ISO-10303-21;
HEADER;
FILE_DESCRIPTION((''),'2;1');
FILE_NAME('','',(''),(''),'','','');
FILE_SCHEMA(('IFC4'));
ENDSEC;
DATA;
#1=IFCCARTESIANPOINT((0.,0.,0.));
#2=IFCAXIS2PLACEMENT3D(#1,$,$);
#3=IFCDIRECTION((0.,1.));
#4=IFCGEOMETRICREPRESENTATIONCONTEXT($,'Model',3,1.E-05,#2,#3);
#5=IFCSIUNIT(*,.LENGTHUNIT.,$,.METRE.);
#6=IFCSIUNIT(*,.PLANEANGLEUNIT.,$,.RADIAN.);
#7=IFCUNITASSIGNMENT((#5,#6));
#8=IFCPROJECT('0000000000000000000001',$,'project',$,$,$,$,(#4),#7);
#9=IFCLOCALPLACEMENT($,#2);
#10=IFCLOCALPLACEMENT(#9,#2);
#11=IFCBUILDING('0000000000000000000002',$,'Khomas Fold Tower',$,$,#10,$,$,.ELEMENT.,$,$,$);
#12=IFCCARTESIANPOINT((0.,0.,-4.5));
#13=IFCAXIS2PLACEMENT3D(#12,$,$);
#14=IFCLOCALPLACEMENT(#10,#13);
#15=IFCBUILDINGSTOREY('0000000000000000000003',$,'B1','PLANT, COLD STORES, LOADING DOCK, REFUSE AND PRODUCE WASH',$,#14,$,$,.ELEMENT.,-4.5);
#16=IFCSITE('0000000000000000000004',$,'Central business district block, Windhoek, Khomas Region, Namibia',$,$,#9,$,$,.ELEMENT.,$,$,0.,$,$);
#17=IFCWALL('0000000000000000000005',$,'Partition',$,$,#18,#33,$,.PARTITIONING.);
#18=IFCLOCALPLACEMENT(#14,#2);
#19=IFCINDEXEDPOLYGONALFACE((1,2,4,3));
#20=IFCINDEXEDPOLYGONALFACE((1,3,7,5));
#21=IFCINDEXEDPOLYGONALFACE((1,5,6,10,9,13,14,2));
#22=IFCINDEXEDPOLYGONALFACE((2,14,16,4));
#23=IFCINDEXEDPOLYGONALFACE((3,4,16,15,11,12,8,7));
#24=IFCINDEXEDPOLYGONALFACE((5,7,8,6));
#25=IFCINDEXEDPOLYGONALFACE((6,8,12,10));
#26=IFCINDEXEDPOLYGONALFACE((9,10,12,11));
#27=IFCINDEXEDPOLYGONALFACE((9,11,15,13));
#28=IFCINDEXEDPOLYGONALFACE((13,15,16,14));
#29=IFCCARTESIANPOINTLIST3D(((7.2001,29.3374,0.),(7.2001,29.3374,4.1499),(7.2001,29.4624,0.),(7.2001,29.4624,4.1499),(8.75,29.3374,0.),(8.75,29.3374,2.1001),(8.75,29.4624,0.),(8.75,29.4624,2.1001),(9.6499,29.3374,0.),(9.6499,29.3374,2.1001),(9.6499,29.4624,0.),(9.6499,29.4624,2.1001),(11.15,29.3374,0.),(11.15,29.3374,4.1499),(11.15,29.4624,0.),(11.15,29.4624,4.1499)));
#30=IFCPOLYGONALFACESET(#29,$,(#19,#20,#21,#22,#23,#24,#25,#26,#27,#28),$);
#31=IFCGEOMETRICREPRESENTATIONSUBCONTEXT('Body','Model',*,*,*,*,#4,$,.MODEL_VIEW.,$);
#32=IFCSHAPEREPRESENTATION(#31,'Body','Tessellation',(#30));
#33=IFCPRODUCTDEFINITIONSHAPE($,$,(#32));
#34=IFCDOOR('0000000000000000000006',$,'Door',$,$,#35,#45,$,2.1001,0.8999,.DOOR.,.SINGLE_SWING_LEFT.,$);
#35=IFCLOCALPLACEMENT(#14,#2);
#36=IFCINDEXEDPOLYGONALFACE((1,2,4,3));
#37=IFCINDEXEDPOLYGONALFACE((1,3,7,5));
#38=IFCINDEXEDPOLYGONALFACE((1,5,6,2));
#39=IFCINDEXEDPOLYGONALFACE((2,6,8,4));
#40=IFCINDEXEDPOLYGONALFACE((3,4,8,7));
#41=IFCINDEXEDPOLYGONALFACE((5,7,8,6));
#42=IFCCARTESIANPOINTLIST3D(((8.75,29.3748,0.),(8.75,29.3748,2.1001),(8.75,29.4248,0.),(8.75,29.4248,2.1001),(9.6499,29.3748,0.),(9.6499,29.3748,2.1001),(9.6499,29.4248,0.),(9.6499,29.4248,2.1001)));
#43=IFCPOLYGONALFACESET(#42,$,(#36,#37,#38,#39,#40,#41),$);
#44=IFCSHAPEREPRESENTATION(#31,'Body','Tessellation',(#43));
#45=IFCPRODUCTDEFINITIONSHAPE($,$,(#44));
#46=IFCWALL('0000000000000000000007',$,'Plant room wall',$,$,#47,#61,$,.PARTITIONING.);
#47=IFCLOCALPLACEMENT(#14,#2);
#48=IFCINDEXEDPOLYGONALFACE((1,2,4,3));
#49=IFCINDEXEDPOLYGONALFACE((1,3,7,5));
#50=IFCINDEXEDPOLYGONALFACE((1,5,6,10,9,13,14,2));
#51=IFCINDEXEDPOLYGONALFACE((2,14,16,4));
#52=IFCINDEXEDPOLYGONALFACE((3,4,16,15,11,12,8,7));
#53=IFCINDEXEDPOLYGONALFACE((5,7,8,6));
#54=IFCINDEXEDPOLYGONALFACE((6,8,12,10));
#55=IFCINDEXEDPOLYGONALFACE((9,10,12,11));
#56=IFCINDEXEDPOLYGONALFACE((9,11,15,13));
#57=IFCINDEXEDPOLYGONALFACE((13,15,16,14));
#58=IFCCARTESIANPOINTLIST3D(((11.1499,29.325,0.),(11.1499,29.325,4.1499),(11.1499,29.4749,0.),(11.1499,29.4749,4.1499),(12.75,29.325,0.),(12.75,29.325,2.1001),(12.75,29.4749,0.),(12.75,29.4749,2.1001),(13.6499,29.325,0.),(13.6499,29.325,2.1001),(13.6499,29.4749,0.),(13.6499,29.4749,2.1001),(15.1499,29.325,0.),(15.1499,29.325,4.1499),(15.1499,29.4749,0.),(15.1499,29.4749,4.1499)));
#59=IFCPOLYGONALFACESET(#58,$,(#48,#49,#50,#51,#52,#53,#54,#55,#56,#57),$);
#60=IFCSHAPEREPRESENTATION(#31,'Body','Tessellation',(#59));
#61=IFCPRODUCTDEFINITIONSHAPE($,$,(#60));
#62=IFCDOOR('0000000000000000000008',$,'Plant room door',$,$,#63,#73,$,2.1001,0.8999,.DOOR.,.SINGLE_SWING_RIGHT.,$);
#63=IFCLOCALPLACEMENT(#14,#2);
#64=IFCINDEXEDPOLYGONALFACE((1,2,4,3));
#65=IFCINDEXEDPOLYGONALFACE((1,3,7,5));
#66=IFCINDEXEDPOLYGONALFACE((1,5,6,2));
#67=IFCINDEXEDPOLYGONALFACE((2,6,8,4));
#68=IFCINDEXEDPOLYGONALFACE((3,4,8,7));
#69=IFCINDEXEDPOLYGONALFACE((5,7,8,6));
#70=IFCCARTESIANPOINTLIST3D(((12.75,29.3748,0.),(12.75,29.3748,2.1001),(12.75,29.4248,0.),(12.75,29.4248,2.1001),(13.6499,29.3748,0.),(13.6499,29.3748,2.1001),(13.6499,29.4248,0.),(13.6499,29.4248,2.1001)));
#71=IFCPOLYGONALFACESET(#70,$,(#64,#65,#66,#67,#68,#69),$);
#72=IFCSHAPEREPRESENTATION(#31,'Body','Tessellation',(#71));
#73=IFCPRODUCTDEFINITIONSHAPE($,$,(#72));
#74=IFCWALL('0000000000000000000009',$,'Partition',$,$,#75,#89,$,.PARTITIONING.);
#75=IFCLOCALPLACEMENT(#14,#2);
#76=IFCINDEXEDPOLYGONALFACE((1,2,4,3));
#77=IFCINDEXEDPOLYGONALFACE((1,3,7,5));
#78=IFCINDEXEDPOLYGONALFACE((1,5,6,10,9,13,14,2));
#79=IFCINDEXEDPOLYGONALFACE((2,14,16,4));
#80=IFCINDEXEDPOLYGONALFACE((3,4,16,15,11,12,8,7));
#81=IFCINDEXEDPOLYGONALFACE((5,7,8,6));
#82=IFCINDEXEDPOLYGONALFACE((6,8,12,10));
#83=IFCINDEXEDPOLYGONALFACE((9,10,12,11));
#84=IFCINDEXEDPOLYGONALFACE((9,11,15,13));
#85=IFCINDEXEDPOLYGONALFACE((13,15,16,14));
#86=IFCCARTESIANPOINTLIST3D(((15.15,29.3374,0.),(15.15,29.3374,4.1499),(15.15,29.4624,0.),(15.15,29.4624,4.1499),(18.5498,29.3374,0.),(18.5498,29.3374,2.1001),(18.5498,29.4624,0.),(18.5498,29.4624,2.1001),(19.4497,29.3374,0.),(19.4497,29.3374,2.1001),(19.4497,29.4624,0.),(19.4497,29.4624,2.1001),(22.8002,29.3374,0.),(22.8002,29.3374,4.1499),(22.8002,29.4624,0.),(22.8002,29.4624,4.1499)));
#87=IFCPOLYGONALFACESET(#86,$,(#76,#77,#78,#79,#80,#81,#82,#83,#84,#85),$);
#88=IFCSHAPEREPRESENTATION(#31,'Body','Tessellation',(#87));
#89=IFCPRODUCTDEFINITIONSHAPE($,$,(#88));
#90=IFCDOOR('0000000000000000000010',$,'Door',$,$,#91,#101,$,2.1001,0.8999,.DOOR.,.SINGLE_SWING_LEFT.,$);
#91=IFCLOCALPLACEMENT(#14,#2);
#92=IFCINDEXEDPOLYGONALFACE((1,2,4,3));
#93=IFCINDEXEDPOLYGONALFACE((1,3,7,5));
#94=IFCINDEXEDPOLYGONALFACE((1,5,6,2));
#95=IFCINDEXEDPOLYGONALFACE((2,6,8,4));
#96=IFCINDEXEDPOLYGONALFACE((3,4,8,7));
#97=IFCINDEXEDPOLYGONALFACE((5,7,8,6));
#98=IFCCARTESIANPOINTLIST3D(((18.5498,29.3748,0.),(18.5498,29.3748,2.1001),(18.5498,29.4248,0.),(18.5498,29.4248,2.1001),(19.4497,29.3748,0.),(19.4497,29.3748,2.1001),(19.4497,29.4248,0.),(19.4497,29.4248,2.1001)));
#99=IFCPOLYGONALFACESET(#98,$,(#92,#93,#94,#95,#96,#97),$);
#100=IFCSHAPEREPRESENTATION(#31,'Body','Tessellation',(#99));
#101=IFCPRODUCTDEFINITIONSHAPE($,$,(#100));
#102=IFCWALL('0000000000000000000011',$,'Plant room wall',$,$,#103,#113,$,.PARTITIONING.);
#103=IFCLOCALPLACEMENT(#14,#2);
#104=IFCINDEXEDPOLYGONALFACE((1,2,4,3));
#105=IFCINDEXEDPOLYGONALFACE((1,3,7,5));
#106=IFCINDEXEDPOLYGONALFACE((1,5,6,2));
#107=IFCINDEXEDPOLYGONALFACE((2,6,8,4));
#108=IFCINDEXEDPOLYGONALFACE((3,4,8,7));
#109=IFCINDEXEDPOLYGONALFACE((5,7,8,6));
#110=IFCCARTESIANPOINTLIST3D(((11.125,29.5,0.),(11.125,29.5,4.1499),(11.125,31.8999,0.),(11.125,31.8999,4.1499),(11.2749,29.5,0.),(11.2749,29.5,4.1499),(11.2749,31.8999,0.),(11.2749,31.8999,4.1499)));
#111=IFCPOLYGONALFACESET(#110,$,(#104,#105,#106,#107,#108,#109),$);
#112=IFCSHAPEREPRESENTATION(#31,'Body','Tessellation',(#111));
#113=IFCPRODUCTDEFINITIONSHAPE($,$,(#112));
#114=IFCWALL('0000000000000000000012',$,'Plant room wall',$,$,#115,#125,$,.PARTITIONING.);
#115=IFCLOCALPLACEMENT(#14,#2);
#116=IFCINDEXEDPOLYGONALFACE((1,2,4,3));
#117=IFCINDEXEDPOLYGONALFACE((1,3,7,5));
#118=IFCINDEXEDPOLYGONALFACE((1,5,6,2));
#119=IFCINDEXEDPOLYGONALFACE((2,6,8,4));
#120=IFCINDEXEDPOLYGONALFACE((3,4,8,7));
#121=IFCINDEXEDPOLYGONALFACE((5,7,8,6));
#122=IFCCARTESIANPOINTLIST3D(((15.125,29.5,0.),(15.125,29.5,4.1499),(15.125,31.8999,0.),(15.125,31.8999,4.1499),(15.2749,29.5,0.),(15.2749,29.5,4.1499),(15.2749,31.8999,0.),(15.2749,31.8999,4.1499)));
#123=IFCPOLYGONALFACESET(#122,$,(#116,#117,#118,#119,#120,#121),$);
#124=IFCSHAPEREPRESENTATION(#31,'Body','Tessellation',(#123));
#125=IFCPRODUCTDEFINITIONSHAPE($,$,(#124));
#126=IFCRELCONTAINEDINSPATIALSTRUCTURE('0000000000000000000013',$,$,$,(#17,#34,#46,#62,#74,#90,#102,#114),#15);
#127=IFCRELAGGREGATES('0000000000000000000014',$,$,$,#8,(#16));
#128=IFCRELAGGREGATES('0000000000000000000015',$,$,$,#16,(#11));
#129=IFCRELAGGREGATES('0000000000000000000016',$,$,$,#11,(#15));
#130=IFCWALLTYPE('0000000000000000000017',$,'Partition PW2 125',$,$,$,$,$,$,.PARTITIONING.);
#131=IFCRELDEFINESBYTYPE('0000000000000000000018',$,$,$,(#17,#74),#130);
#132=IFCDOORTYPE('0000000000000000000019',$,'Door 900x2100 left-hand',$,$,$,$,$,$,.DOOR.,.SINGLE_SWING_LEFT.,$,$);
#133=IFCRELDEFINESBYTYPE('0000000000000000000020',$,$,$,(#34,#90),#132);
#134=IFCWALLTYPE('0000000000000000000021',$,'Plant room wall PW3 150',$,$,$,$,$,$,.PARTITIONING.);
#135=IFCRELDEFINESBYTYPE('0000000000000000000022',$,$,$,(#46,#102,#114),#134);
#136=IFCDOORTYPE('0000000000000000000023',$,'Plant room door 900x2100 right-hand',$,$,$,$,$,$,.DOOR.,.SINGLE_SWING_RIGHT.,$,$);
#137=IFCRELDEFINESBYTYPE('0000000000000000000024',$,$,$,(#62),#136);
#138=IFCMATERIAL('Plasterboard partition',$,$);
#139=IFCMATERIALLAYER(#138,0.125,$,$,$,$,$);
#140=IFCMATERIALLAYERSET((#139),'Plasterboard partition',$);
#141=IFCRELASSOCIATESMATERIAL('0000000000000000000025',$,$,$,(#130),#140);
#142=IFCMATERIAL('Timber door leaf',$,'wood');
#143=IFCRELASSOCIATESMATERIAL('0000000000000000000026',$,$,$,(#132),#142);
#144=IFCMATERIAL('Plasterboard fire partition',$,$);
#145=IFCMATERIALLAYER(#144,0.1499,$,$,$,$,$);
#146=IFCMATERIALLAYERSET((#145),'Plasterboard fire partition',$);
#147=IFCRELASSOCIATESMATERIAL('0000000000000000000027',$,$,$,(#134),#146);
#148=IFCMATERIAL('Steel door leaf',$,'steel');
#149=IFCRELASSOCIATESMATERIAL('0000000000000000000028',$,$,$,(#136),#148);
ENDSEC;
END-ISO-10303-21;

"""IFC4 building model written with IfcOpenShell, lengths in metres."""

from ifc_helpers import new_model, si_unit, direction, frame, frame_2d, origin, place, context, subcontext, project, spatial, rectangle, extrude, source, transform, mapped, material, layer, layer_set, type_object, element, fill, save


model = new_model("IFC4")

# Units and contexts
model_context = context("Model", 3, precision=1e-05, world=origin(), true_north=direction((0.0, 1.0)))
body_context = subcontext(model_context, "Body", "Model", "MODEL_VIEW")
ifc_project = project(units=[si_unit("LENGTHUNIT", "METRE"), si_unit("PLANEANGLEUNIT", "RADIAN")], contexts=[model_context])

# Site, building, storey
site_placement = place(None, origin())
site = spatial("IfcSite", under=ifc_project, at=site_placement, Name="Central business district block, Windhoek, Khomas Region, Namibia", CompositionType="ELEMENT", RefElevation=0.0)
building_placement = place(site_placement, origin())
building = spatial("IfcBuilding", under=site, at=building_placement, Name="Khomas Fold Tower", CompositionType="ELEMENT")
storey_placement = place(building_placement, frame((0.0, 0.0, -4.5)))
storey = spatial("IfcBuildingStorey", under=building, at=storey_placement, Name="B1", Description="PLANT, COLD STORES, LOADING DOCK, REFUSE AND PRODUCE WASH", CompositionType="ELEMENT", Elevation=-4.5)

# Shared definitions
ifc_material_1 = material(Name="Plasterboard partition")
ifc_layer_1 = layer(ifc_material_1, 0.125)
ifc_layer_set_1 = layer_set([ifc_layer_1], Name="Plasterboard partition")
wall_type_1 = type_object("IfcWallType", Name="Partition PW2 125", PredefinedType="PARTITIONING", material=ifc_layer_set_1)
shared_shape_1 = source(origin(), body_context, "Body", "SweptSolid", [
    extrude(rectangle(XDim=0.8999, YDim=2.1001, at=frame_2d((0.45, 1.05))), frame((0.0, 0.0725, 0.0), z_axis=(0.0, -1.0, 0.0), x_axis=(1.0, 0.0, 0.0)), (0.0, 0.0, 1.0), 0.145),
])
shared_shape_2 = source(origin(), body_context, "Body", "SweptSolid", [
    extrude(rectangle(XDim=0.8999, YDim=2.1001, at=frame_2d((0.45, 1.05))), frame((0.0, 0.0249, 0.0), z_axis=(0.0, -1.0, 0.0), x_axis=(1.0, 0.0, 0.0)), (0.0, 0.0, 1.0), 0.05),
])

# Walls, openings, doors
shared_shape_3 = source(origin(), body_context, "Body", "SweptSolid", [
    extrude(rectangle(XDim=3.95, YDim=0.125, at=frame_2d((1.9751, 0.0))), origin(), (0.0, 0.0, 1.0), 4.1499),
])
wall_1_placement = place(storey_placement, frame((7.2, 29.3999, 0.0), z_axis=(0.0, 0.0, 1.0), x_axis=(1.0, 0.0, 0.0)))
wall_1 = element("IfcWall", 1, at=wall_1_placement, inside=storey, type_object=wall_type_1, Name="Partition", PredefinedType="PARTITIONING", context=body_context, shape_type="MappedRepresentation", body=[
    mapped(shared_shape_3, transform((0.0, 0.0, 0.0))),
])
opening_1_placement = place(wall_1_placement, frame((1.55, 0.0, 0.0)))
opening_1 = element("IfcOpeningElement", 2, at=opening_1_placement, cuts=wall_1, PredefinedType="OPENING", context=body_context, shape_type="MappedRepresentation", body=[
    mapped(shared_shape_1, transform((0.0, 0.0, 0.0))),
])
ifc_material_2 = material(Name="Timber door leaf", Category="wood")
door_type_1 = type_object("IfcDoorType", Name="Door 900x2100 left-hand", OperationType="SINGLE_SWING_LEFT", PredefinedType="DOOR", material=ifc_material_2)
door_1_placement = place(opening_1_placement, origin())
door_1 = element("IfcDoor", 3, at=door_1_placement, inside=storey, type_object=door_type_1, Name="Door", OperationType="SINGLE_SWING_LEFT", OverallHeight=2.1001, OverallWidth=0.8999, PredefinedType="DOOR", context=body_context, shape_type="MappedRepresentation", body=[
    mapped(shared_shape_2, transform((0.0, 0.0, 0.0))),
])
fill(opening_1, door_1)
ifc_material_3 = material(Name="Plasterboard fire partition")
ifc_layer_2 = layer(ifc_material_3, 0.1499)
ifc_layer_set_2 = layer_set([ifc_layer_2], Name="Plasterboard fire partition")
wall_type_2 = type_object("IfcWallType", Name="Plant room wall PW3 150", PredefinedType="PARTITIONING", material=ifc_layer_set_2)
shared_shape_4 = source(origin(), body_context, "Body", "SweptSolid", [
    extrude(rectangle(XDim=4.0, YDim=0.1499, at=frame_2d((2.0, 0.0))), origin(), (0.0, 0.0, 1.0), 4.1499),
])
wall_2_placement = place(storey_placement, frame((11.1499, 29.3999, 0.0), z_axis=(0.0, 0.0, 1.0), x_axis=(1.0, 0.0, 0.0)))
wall_2 = element("IfcWall", 4, at=wall_2_placement, inside=storey, type_object=wall_type_2, Name="Plant room wall", PredefinedType="PARTITIONING", context=body_context, shape_type="MappedRepresentation", body=[
    mapped(shared_shape_4, transform((0.0, 0.0, 0.0))),
])
shared_shape_5 = source(origin(), body_context, "Body", "SweptSolid", [
    extrude(rectangle(XDim=0.8999, YDim=2.1001, at=frame_2d((0.45, 1.05))), frame((0.0, 0.085, 0.0), z_axis=(0.0, -1.0, 0.0), x_axis=(1.0, 0.0, 0.0)), (0.0, 0.0, 1.0), 0.1699),
])
opening_2_placement = place(wall_2_placement, frame((1.6001, 0.0, 0.0)))
opening_2 = element("IfcOpeningElement", 5, at=opening_2_placement, cuts=wall_2, PredefinedType="OPENING", context=body_context, shape_type="MappedRepresentation", body=[
    mapped(shared_shape_5, transform((0.0, 0.0, 0.0))),
])
ifc_material_4 = material(Name="Steel door leaf", Category="steel")
door_type_2 = type_object("IfcDoorType", Name="Plant room door 900x2100 right-hand", OperationType="SINGLE_SWING_RIGHT", PredefinedType="DOOR", material=ifc_material_4)
door_2_placement = place(opening_2_placement, origin())
door_2 = element("IfcDoor", 6, at=door_2_placement, inside=storey, type_object=door_type_2, Name="Plant room door", OperationType="SINGLE_SWING_RIGHT", OverallHeight=2.1001, OverallWidth=0.8999, PredefinedType="DOOR", context=body_context, shape_type="MappedRepresentation", body=[
    mapped(shared_shape_2, transform((0.0, 0.0, 0.0))),
])
fill(opening_2, door_2)
shared_shape_6 = source(origin(), body_context, "Body", "SweptSolid", [
    extrude(rectangle(XDim=7.6501, YDim=0.125, at=frame_2d((3.8252, 0.0))), origin(), (0.0, 0.0, 1.0), 4.1499),
])
wall_3_placement = place(storey_placement, frame((15.1499, 29.3999, 0.0), z_axis=(0.0, 0.0, 1.0), x_axis=(1.0, 0.0, 0.0)))
wall_3 = element("IfcWall", 7, at=wall_3_placement, inside=storey, type_object=wall_type_1, Name="Partition", PredefinedType="PARTITIONING", context=body_context, shape_type="MappedRepresentation", body=[
    mapped(shared_shape_6, transform((0.0, 0.0, 0.0))),
])
opening_3_placement = place(wall_3_placement, frame((3.3999, 0.0, 0.0)))
opening_3 = element("IfcOpeningElement", 8, at=opening_3_placement, cuts=wall_3, PredefinedType="OPENING", context=body_context, shape_type="MappedRepresentation", body=[
    mapped(shared_shape_1, transform((0.0, 0.0, 0.0))),
])
door_3_placement = place(opening_3_placement, origin())
door_3 = element("IfcDoor", 9, at=door_3_placement, inside=storey, type_object=door_type_1, Name="Door", OperationType="SINGLE_SWING_LEFT", OverallHeight=2.1001, OverallWidth=0.8999, PredefinedType="DOOR", context=body_context, shape_type="MappedRepresentation", body=[
    mapped(shared_shape_2, transform((0.0, 0.0, 0.0))),
])
fill(opening_3, door_3)

# Walls
shared_shape_7 = source(origin(), body_context, "Body", "SweptSolid", [
    extrude(rectangle(XDim=2.3999, YDim=0.1499, at=frame_2d((1.2, 0.0))), origin(), (0.0, 0.0, 1.0), 4.1499),
])
for number, where, z_axis, x_axis, name in (
    (10, (11.2, 29.5, 0.0), (0.0, 0.0, 1.0), (0.0, 1.0, 0.0), "Plant room wall"),
    (11, (15.2, 29.5, 0.0), (0.0, 0.0, 1.0), (0.0, 1.0, 0.0), "Plant room wall"),
):
    element("IfcWall", number, at=place(storey_placement, frame(where, z_axis=z_axis, x_axis=x_axis)), inside=storey, type_object=wall_type_2, Name=name, PredefinedType="PARTITIONING", context=body_context, shape_type="MappedRepresentation", body=[
        mapped(shared_shape_7, transform((0.0, 0.0, 0.0))),
    ])

save(model, "model.ifc")
